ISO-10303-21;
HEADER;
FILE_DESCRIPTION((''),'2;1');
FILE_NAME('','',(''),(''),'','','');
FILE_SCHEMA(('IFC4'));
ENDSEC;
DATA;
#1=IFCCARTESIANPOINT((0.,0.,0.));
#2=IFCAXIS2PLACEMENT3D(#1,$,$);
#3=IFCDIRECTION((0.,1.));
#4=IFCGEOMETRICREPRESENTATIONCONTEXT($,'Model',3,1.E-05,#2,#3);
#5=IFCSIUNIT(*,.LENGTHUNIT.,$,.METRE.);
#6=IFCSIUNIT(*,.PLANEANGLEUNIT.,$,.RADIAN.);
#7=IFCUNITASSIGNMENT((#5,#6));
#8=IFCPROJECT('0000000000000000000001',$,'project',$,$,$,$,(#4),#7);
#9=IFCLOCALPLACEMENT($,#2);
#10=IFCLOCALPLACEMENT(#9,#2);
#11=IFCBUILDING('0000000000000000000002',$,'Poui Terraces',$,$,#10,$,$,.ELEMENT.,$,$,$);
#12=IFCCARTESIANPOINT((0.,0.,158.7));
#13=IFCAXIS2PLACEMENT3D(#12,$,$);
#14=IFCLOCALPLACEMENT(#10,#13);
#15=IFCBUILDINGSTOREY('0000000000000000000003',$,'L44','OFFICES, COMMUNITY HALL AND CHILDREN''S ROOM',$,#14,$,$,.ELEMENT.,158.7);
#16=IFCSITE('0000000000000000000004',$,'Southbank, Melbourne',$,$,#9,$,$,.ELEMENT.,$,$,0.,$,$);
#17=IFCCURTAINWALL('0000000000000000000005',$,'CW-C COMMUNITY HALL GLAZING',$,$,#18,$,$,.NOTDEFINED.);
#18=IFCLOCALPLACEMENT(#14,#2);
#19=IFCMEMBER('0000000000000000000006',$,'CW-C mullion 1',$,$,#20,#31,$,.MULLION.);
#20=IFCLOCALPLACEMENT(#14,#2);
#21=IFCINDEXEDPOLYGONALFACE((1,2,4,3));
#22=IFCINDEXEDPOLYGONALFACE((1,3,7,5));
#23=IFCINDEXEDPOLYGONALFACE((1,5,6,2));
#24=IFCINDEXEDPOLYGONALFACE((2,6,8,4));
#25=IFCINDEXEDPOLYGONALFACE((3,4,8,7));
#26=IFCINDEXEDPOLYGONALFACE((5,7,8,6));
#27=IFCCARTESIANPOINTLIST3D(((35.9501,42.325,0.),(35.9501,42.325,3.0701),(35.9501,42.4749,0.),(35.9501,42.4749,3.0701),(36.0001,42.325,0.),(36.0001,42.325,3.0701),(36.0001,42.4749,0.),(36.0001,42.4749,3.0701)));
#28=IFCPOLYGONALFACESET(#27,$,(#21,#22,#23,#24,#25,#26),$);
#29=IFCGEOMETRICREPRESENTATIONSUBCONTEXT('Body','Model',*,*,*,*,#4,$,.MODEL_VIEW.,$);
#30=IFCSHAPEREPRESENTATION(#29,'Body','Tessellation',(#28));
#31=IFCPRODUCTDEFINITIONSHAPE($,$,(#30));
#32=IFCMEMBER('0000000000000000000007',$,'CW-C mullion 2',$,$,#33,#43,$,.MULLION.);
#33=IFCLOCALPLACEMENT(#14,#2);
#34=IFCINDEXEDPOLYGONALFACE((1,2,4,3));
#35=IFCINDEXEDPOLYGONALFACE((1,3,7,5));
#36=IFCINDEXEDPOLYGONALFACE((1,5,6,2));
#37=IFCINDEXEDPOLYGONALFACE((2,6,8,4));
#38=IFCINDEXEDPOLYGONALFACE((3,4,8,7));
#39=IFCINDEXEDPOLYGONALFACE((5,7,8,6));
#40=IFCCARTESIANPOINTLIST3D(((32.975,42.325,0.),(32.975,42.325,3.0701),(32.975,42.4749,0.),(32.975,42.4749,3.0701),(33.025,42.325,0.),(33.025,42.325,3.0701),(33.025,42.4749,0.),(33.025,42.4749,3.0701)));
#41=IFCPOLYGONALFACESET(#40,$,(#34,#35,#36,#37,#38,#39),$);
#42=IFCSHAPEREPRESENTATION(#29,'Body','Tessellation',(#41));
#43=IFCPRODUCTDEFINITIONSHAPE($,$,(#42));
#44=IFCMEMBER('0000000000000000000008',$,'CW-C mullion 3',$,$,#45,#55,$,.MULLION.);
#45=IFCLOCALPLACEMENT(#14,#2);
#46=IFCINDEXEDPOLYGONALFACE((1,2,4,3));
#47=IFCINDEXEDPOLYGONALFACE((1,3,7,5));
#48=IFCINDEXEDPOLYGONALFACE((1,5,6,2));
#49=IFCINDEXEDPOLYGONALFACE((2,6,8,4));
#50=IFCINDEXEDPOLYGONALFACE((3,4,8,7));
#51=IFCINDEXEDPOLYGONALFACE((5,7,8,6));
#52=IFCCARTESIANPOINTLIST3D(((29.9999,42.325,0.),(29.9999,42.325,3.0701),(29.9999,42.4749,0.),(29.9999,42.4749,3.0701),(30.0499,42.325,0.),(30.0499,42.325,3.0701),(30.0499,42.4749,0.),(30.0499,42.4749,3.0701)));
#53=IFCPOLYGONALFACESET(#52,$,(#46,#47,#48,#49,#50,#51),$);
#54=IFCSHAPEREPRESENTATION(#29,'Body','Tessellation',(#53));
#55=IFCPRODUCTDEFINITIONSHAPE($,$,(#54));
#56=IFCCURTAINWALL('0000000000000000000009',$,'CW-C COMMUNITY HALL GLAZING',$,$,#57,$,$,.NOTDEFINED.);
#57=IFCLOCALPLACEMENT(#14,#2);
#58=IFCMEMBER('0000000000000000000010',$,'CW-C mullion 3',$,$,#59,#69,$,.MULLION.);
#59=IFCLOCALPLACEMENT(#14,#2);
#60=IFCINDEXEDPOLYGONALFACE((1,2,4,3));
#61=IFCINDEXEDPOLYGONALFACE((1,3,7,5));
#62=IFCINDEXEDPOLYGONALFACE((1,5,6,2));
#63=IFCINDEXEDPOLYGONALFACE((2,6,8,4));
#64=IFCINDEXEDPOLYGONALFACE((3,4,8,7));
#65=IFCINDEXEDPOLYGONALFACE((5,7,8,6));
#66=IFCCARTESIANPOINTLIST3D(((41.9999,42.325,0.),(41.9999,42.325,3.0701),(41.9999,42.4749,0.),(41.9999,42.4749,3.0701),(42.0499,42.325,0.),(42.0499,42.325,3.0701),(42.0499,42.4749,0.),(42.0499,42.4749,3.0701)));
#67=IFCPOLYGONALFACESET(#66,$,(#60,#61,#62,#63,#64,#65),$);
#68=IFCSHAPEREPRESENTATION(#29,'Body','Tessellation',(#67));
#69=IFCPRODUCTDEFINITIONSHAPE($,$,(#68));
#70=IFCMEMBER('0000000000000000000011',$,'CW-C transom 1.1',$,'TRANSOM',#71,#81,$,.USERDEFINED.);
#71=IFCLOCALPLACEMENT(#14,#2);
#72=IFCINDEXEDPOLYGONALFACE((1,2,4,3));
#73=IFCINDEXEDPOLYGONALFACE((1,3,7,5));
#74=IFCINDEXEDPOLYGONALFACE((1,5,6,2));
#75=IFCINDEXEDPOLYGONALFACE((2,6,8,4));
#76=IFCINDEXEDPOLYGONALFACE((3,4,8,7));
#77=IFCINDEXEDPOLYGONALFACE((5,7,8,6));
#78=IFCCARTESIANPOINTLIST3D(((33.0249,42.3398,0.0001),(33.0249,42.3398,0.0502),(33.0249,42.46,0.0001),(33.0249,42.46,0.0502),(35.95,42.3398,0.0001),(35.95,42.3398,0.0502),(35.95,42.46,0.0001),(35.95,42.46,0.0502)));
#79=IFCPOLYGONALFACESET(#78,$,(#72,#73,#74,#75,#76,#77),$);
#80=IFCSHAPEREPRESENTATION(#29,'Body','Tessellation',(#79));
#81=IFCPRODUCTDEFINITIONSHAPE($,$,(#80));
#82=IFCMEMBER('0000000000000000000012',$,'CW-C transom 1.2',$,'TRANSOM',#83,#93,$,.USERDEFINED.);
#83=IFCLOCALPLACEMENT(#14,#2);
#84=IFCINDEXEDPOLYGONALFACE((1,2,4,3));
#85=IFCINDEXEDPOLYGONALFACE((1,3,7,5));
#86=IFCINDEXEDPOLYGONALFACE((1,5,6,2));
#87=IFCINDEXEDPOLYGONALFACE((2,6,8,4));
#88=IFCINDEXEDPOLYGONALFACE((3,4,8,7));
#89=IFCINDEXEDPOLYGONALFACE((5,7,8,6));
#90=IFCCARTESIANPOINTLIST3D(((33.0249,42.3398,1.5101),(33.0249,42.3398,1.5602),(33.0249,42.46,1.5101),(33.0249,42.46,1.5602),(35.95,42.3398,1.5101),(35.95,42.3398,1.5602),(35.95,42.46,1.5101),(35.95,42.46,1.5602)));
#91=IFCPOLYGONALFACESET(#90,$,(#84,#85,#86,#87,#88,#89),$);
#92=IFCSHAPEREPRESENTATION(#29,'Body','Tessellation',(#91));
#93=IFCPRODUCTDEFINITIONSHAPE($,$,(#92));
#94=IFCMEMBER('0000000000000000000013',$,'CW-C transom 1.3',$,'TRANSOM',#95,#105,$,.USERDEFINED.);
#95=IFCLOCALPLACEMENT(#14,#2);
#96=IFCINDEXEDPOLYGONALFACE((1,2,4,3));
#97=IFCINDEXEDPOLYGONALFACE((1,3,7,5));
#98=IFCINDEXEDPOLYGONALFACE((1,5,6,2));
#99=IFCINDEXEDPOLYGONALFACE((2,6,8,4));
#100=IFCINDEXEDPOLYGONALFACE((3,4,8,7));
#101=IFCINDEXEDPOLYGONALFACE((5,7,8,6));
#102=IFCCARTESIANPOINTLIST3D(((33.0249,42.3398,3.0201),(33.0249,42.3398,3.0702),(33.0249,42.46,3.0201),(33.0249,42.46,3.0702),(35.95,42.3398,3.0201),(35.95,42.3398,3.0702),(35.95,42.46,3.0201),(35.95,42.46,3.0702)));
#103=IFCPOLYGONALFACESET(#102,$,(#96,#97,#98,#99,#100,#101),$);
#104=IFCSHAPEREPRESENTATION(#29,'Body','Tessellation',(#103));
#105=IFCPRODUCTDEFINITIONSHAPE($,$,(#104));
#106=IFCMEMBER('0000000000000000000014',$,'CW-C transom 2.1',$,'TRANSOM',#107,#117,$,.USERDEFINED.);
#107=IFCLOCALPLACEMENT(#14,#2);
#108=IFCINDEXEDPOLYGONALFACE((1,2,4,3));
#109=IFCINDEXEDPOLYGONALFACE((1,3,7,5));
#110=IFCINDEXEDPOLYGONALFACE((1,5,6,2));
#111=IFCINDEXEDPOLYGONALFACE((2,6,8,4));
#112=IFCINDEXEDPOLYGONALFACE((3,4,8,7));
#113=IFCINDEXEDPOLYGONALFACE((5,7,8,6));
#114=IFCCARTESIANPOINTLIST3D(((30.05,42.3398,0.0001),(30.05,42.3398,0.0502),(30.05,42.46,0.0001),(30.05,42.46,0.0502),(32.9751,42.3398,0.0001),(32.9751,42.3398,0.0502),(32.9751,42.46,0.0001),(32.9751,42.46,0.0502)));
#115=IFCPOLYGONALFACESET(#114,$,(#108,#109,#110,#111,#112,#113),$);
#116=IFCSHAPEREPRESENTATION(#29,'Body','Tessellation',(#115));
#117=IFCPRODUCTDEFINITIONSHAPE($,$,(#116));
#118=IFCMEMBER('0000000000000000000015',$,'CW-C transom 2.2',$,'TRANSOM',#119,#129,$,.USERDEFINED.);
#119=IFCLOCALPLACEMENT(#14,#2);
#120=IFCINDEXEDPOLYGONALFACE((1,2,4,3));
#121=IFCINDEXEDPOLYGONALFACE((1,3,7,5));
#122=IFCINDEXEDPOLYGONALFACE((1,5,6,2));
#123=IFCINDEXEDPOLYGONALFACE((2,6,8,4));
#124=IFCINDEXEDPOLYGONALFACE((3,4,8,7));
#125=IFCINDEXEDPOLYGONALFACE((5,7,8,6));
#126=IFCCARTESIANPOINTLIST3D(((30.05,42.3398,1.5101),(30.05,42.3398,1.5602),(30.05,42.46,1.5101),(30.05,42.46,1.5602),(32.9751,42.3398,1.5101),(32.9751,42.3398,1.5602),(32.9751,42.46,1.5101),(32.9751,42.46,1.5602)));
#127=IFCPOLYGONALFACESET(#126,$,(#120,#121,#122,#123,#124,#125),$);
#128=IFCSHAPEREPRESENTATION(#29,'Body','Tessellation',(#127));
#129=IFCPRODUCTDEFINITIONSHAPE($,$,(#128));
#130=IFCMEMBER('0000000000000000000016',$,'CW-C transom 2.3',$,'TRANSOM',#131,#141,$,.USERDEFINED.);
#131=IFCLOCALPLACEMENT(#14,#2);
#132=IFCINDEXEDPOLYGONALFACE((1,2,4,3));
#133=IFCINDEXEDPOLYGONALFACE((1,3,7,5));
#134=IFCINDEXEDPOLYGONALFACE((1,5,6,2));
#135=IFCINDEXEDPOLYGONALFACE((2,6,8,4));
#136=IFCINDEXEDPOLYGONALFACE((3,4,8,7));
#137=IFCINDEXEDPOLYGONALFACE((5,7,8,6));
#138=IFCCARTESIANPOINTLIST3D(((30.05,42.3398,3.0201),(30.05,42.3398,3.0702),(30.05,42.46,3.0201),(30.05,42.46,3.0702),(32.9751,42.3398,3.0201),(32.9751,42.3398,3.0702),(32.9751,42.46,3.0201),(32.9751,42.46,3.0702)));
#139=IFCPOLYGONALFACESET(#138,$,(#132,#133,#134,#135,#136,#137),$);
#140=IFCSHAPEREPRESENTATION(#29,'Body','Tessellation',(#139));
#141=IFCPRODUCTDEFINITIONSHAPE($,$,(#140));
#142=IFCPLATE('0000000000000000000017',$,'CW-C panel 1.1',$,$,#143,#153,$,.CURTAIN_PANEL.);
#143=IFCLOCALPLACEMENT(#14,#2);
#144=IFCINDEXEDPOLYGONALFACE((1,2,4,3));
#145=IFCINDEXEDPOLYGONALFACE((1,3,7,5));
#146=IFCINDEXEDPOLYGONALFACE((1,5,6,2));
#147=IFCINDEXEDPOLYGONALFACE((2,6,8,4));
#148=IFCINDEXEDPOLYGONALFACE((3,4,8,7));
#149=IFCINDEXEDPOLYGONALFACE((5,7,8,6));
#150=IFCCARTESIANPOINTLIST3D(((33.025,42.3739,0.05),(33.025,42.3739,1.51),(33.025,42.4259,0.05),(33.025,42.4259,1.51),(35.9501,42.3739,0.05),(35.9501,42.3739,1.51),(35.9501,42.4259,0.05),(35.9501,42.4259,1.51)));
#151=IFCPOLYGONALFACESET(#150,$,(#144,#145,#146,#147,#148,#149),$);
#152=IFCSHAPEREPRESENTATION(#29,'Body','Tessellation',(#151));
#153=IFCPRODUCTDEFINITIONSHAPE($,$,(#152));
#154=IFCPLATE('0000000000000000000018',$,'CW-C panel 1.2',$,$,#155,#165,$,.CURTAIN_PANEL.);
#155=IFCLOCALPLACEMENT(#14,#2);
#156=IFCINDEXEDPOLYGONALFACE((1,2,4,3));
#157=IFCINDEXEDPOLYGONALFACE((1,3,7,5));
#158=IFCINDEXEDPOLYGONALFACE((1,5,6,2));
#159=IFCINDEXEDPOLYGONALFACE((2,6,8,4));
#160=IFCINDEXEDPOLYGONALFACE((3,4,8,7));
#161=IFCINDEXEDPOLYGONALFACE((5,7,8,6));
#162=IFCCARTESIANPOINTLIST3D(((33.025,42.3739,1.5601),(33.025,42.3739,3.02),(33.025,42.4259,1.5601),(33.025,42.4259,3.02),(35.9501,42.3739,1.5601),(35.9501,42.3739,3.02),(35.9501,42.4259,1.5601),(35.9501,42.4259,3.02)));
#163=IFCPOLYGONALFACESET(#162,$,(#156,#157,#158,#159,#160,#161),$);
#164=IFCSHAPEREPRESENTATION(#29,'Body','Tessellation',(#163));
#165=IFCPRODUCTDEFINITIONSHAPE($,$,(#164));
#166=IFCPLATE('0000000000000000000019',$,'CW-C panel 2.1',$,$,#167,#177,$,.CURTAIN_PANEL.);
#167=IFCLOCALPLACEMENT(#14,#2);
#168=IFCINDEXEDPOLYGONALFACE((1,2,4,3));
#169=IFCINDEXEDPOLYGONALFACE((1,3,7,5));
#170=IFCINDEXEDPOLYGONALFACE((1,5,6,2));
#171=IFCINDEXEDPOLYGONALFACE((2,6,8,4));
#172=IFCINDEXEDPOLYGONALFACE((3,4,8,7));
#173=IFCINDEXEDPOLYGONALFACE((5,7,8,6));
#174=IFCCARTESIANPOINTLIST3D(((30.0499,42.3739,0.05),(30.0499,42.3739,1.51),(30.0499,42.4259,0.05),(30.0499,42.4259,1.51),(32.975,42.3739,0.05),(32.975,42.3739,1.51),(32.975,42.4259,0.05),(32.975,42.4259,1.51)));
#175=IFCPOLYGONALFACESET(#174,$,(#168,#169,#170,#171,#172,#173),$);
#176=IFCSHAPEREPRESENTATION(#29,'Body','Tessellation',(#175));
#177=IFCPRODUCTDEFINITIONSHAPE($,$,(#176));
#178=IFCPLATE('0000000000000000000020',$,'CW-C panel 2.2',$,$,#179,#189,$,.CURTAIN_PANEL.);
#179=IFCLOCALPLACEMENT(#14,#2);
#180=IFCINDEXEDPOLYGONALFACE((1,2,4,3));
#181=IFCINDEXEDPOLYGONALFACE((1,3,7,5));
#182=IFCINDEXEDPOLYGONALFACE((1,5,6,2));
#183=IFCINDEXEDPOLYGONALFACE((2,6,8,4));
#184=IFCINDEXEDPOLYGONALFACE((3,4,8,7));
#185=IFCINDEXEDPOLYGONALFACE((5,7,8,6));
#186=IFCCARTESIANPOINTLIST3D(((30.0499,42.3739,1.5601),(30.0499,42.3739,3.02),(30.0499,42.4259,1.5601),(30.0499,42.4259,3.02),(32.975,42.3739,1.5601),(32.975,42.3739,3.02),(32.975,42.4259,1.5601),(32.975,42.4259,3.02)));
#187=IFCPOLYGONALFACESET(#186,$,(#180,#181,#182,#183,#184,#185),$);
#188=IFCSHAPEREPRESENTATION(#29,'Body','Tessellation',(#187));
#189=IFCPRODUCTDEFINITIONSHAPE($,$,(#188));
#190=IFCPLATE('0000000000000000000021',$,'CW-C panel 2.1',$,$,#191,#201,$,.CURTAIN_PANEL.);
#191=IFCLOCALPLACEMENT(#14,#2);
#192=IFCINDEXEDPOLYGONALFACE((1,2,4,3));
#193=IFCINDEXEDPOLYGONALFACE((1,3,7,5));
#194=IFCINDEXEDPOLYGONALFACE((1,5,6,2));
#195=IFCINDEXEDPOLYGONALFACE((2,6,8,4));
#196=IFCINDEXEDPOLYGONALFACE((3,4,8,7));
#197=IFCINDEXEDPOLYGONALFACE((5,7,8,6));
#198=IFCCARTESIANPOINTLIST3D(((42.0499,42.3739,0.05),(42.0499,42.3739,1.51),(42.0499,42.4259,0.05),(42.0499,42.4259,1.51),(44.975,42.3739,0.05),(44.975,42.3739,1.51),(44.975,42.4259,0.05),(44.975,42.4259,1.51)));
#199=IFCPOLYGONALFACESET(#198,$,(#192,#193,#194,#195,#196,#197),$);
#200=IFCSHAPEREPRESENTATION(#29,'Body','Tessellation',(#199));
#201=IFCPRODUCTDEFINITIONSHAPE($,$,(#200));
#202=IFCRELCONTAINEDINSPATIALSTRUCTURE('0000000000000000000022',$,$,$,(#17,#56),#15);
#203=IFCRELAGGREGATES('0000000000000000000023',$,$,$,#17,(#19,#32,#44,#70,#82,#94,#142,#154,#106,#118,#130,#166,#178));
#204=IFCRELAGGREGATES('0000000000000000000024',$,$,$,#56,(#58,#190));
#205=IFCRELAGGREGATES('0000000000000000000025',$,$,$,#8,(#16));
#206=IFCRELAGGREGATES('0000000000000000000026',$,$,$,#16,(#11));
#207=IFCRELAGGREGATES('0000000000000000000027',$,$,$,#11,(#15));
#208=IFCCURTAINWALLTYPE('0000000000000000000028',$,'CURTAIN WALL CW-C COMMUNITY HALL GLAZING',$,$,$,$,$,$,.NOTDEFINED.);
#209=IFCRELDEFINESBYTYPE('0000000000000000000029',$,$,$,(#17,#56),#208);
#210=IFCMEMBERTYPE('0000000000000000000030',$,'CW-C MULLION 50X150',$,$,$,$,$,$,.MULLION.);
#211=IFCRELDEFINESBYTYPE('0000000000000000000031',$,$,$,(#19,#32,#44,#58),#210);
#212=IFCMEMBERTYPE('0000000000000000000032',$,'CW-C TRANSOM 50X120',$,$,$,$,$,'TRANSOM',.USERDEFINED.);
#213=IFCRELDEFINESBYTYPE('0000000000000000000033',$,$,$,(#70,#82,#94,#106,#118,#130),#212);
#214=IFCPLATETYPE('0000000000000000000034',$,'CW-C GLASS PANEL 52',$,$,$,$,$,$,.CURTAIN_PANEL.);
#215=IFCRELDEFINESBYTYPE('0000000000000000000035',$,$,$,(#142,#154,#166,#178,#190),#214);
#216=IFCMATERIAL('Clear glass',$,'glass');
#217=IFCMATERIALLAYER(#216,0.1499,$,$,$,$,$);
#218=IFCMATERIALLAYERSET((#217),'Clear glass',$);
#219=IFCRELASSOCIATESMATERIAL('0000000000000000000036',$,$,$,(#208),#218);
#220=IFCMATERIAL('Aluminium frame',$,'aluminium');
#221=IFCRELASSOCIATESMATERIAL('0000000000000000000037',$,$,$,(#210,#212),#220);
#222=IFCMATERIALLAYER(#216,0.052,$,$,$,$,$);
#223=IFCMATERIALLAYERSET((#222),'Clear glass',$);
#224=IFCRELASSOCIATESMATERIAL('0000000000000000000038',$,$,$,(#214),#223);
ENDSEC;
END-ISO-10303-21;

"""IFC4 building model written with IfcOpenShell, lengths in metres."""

from ifc_helpers import new_model, si_unit, direction, frame, origin, origin_2d, place, context, subcontext, project, spatial, rectangle, extrude, material, layer, layer_set, material_profile, profile_set, type_object, element, aggregate, save


model = new_model("IFC4")

# Units and contexts
model_context = context("Model", 3, precision=1e-05, world=origin(), true_north=direction((0.0, 1.0)))
body_context = subcontext(model_context, "Body", "Model", "MODEL_VIEW")
ifc_project = project(units=[si_unit("LENGTHUNIT", "METRE"), si_unit("PLANEANGLEUNIT", "RADIAN")], contexts=[model_context])

# Site, building, storey
site_placement = place(None, origin())
site = spatial("IfcSite", under=ifc_project, at=site_placement, Name="Southbank, Melbourne", CompositionType="ELEMENT", RefElevation=0.0)
building_placement = place(site_placement, origin())
building = spatial("IfcBuilding", under=site, at=building_placement, Name="Poui Terraces", CompositionType="ELEMENT")
storey_placement = place(building_placement, frame((0.0, 0.0, 158.7)))
storey = spatial("IfcBuildingStorey", under=building, at=storey_placement, Name="L44", Description="OFFICES, COMMUNITY HALL AND CHILDREN'S ROOM", CompositionType="ELEMENT", Elevation=158.7)

# Curtain wall, members
ifc_material_1 = material(Name="Clear glass", Category="glass")
ifc_layer_1 = layer(ifc_material_1, 0.1499)
ifc_layer_set_1 = layer_set([ifc_layer_1], Name="Clear glass")
curtain_wall_type = type_object("IfcCurtainWallType", Name="CURTAIN WALL CW-C COMMUNITY HALL GLAZING", PredefinedType="NOTDEFINED", material=ifc_layer_set_1)
curtain_wall_1_placement = place(storey_placement, origin())
curtain_wall_1 = element("IfcCurtainWall", 1, at=curtain_wall_1_placement, inside=storey, type_object=curtain_wall_type, Name="CW-C COMMUNITY HALL GLAZING", PredefinedType="NOTDEFINED")
ifc_material_2 = material(Name="Aluminium frame", Category="aluminium")
ifc_material_profile_1 = material_profile(ifc_material_2, rectangle(XDim=0.1499, YDim=0.05, at=origin_2d()), Name="CW-C MULLION 50X150")
ifc_profile_set_1 = profile_set([ifc_material_profile_1], Name="Aluminium frame")
member_type_1 = type_object("IfcMemberType", Name="CW-C MULLION 50X150", PredefinedType="MULLION", material=ifc_profile_set_1)
member_1_placement = place(storey_placement, frame((35.9751, 42.3999, 0.0), z_axis=(0.0, 0.0, 1.0), x_axis=(0.0, -1.0, 0.0)))
member_1 = element("IfcMember", 2, at=member_1_placement, type_object=member_type_1, Name="CW-C mullion 1", PredefinedType="MULLION", context=body_context, shape_type="SweptSolid", body=[
    extrude(rectangle(XDim=0.1499, YDim=0.05, at=origin_2d()), origin(), (0.0, 0.0, 1.0), 3.0701),
])
member_2_placement = place(storey_placement, frame((33.0, 42.3999, 0.0), z_axis=(0.0, 0.0, 1.0), x_axis=(0.0, -1.0, 0.0)))
member_2 = element("IfcMember", 3, at=member_2_placement, type_object=member_type_1, Name="CW-C mullion 2", PredefinedType="MULLION", context=body_context, shape_type="SweptSolid", body=[
    extrude(rectangle(XDim=0.1499, YDim=0.05, at=origin_2d()), origin(), (0.0, 0.0, 1.0), 3.0701),
])
member_3_placement = place(storey_placement, frame((30.0249, 42.3999, 0.0), z_axis=(0.0, 0.0, 1.0), x_axis=(0.0, -1.0, 0.0)))
member_3 = element("IfcMember", 4, at=member_3_placement, type_object=member_type_1, Name="CW-C mullion 3", PredefinedType="MULLION", context=body_context, shape_type="SweptSolid", body=[
    extrude(rectangle(XDim=0.1499, YDim=0.05, at=origin_2d()), origin(), (0.0, 0.0, 1.0), 3.0701),
])

# Curtain wall, member
curtain_wall_2_placement = place(storey_placement, origin())
curtain_wall_2 = element("IfcCurtainWall", 5, at=curtain_wall_2_placement, inside=storey, type_object=curtain_wall_type, Name="CW-C COMMUNITY HALL GLAZING", PredefinedType="NOTDEFINED")
member_4_placement = place(storey_placement, frame((42.0249, 42.3999, 0.0), z_axis=(0.0, 0.0, 1.0), x_axis=(0.0, -1.0, 0.0)))
member_4 = element("IfcMember", 6, at=member_4_placement, type_object=member_type_1, Name="CW-C mullion 3", PredefinedType="MULLION", context=body_context, shape_type="SweptSolid", body=[
    extrude(rectangle(XDim=0.1499, YDim=0.05, at=origin_2d()), origin(), (0.0, 0.0, 1.0), 3.0701),
])

# Members
ifc_material_profile_2 = material_profile(ifc_material_2, rectangle(XDim=0.1201, YDim=0.05, at=origin_2d()), Name="CW-C TRANSOM 50X120")
ifc_profile_set_2 = profile_set([ifc_material_profile_2], Name="Aluminium frame")
member_type_2 = type_object("IfcMemberType", Name="CW-C TRANSOM 50X120", ElementType="TRANSOM", PredefinedType="USERDEFINED", material=ifc_profile_set_2)
member_5_placement = place(storey_placement, frame((35.95, 42.3999, 0.0251), z_axis=(-1.0, 0.0, 0.0), x_axis=(0.0, -1.0, 0.0)))
member_5 = element("IfcMember", 7, at=member_5_placement, type_object=member_type_2, Name="CW-C transom 1.1", ObjectType="TRANSOM", PredefinedType="USERDEFINED", context=body_context, shape_type="SweptSolid", body=[
    extrude(rectangle(XDim=0.1201, YDim=0.05, at=origin_2d()), origin(), (0.0, 0.0, 1.0), 2.925),
])
member_6_placement = place(storey_placement, frame((35.95, 42.3999, 1.5352), z_axis=(-1.0, 0.0, 0.0), x_axis=(0.0, -1.0, 0.0)))
member_6 = element("IfcMember", 8, at=member_6_placement, type_object=member_type_2, Name="CW-C transom 1.2", ObjectType="TRANSOM", PredefinedType="USERDEFINED", context=body_context, shape_type="SweptSolid", body=[
    extrude(rectangle(XDim=0.1201, YDim=0.05, at=origin_2d()), origin(), (0.0, 0.0, 1.0), 2.925),
])
member_7_placement = place(storey_placement, frame((35.95, 42.3999, 3.0452), z_axis=(-1.0, 0.0, 0.0), x_axis=(0.0, -1.0, 0.0)))
member_7 = element("IfcMember", 9, at=member_7_placement, type_object=member_type_2, Name="CW-C transom 1.3", ObjectType="TRANSOM", PredefinedType="USERDEFINED", context=body_context, shape_type="SweptSolid", body=[
    extrude(rectangle(XDim=0.1201, YDim=0.05, at=origin_2d()), origin(), (0.0, 0.0, 1.0), 2.925),
])
member_8_placement = place(storey_placement, frame((32.9751, 42.3999, 0.0251), z_axis=(-1.0, 0.0, 0.0), x_axis=(0.0, -1.0, 0.0)))
member_8 = element("IfcMember", 10, at=member_8_placement, type_object=member_type_2, Name="CW-C transom 2.1", ObjectType="TRANSOM", PredefinedType="USERDEFINED", context=body_context, shape_type="SweptSolid", body=[
    extrude(rectangle(XDim=0.1201, YDim=0.05, at=origin_2d()), origin(), (0.0, 0.0, 1.0), 2.925),
])
member_9_placement = place(storey_placement, frame((32.9751, 42.3999, 1.5352), z_axis=(-1.0, 0.0, 0.0), x_axis=(0.0, -1.0, 0.0)))
member_9 = element("IfcMember", 11, at=member_9_placement, type_object=member_type_2, Name="CW-C transom 2.2", ObjectType="TRANSOM", PredefinedType="USERDEFINED", context=body_context, shape_type="SweptSolid", body=[
    extrude(rectangle(XDim=0.1201, YDim=0.05, at=origin_2d()), origin(), (0.0, 0.0, 1.0), 2.925),
])
member_10_placement = place(storey_placement, frame((32.9751, 42.3999, 3.0452), z_axis=(-1.0, 0.0, 0.0), x_axis=(0.0, -1.0, 0.0)))
member_10 = element("IfcMember", 12, at=member_10_placement, type_object=member_type_2, Name="CW-C transom 2.3", ObjectType="TRANSOM", PredefinedType="USERDEFINED", context=body_context, shape_type="SweptSolid", body=[
    extrude(rectangle(XDim=0.1201, YDim=0.05, at=origin_2d()), origin(), (0.0, 0.0, 1.0), 2.925),
])

# Plates
ifc_layer_2 = layer(ifc_material_1, 0.052)
ifc_layer_set_2 = layer_set([ifc_layer_2], Name="Clear glass")
plate_type = type_object("IfcPlateType", Name="CW-C GLASS PANEL 52", PredefinedType="CURTAIN_PANEL", material=ifc_layer_set_2)
plate_1_placement = place(storey_placement, frame((34.4875, 42.3999, 0.05), z_axis=(0.0, 0.0, 1.0), x_axis=(-1.0, 0.0, 0.0)))
plate_1 = element("IfcPlate", 13, at=plate_1_placement, type_object=plate_type, Name="CW-C panel 1.1", PredefinedType="CURTAIN_PANEL", context=body_context, shape_type="SweptSolid", body=[
    extrude(rectangle(XDim=2.925, YDim=0.052, at=origin_2d()), origin(), (0.0, 0.0, 1.0), 1.46),
])
plate_2_placement = place(storey_placement, frame((34.4875, 42.3999, 1.5601), z_axis=(0.0, 0.0, 1.0), x_axis=(-1.0, 0.0, 0.0)))
plate_2 = element("IfcPlate", 14, at=plate_2_placement, type_object=plate_type, Name="CW-C panel 1.2", PredefinedType="CURTAIN_PANEL", context=body_context, shape_type="SweptSolid", body=[
    extrude(rectangle(XDim=2.925, YDim=0.052, at=origin_2d()), origin(), (0.0, 0.0, 1.0), 1.46),
])
plate_3_placement = place(storey_placement, frame((31.5125, 42.3999, 0.05), z_axis=(0.0, 0.0, 1.0), x_axis=(-1.0, 0.0, 0.0)))
plate_3 = element("IfcPlate", 15, at=plate_3_placement, type_object=plate_type, Name="CW-C panel 2.1", PredefinedType="CURTAIN_PANEL", context=body_context, shape_type="SweptSolid", body=[
    extrude(rectangle(XDim=2.925, YDim=0.052, at=origin_2d()), origin(), (0.0, 0.0, 1.0), 1.46),
])
plate_4_placement = place(storey_placement, frame((31.5125, 42.3999, 1.5601), z_axis=(0.0, 0.0, 1.0), x_axis=(-1.0, 0.0, 0.0)))
plate_4 = element("IfcPlate", 16, at=plate_4_placement, type_object=plate_type, Name="CW-C panel 2.2", PredefinedType="CURTAIN_PANEL", context=body_context, shape_type="SweptSolid", body=[
    extrude(rectangle(XDim=2.925, YDim=0.052, at=origin_2d()), origin(), (0.0, 0.0, 1.0), 1.46),
])
aggregate(curtain_wall_1, [member_1, member_2, member_3, member_5, member_6, member_7, plate_1, plate_2, member_8, member_9, member_10, plate_3, plate_4])
plate_5_placement = place(storey_placement, frame((43.5125, 42.3999, 0.05), z_axis=(0.0, 0.0, 1.0), x_axis=(-1.0, 0.0, 0.0)))
plate_5 = element("IfcPlate", 17, at=plate_5_placement, type_object=plate_type, Name="CW-C panel 2.1", PredefinedType="CURTAIN_PANEL", context=body_context, shape_type="SweptSolid", body=[
    extrude(rectangle(XDim=2.925, YDim=0.052, at=origin_2d()), origin(), (0.0, 0.0, 1.0), 1.46),
])
aggregate(curtain_wall_2, [member_4, plate_5])

save(model, "model.ifc")
